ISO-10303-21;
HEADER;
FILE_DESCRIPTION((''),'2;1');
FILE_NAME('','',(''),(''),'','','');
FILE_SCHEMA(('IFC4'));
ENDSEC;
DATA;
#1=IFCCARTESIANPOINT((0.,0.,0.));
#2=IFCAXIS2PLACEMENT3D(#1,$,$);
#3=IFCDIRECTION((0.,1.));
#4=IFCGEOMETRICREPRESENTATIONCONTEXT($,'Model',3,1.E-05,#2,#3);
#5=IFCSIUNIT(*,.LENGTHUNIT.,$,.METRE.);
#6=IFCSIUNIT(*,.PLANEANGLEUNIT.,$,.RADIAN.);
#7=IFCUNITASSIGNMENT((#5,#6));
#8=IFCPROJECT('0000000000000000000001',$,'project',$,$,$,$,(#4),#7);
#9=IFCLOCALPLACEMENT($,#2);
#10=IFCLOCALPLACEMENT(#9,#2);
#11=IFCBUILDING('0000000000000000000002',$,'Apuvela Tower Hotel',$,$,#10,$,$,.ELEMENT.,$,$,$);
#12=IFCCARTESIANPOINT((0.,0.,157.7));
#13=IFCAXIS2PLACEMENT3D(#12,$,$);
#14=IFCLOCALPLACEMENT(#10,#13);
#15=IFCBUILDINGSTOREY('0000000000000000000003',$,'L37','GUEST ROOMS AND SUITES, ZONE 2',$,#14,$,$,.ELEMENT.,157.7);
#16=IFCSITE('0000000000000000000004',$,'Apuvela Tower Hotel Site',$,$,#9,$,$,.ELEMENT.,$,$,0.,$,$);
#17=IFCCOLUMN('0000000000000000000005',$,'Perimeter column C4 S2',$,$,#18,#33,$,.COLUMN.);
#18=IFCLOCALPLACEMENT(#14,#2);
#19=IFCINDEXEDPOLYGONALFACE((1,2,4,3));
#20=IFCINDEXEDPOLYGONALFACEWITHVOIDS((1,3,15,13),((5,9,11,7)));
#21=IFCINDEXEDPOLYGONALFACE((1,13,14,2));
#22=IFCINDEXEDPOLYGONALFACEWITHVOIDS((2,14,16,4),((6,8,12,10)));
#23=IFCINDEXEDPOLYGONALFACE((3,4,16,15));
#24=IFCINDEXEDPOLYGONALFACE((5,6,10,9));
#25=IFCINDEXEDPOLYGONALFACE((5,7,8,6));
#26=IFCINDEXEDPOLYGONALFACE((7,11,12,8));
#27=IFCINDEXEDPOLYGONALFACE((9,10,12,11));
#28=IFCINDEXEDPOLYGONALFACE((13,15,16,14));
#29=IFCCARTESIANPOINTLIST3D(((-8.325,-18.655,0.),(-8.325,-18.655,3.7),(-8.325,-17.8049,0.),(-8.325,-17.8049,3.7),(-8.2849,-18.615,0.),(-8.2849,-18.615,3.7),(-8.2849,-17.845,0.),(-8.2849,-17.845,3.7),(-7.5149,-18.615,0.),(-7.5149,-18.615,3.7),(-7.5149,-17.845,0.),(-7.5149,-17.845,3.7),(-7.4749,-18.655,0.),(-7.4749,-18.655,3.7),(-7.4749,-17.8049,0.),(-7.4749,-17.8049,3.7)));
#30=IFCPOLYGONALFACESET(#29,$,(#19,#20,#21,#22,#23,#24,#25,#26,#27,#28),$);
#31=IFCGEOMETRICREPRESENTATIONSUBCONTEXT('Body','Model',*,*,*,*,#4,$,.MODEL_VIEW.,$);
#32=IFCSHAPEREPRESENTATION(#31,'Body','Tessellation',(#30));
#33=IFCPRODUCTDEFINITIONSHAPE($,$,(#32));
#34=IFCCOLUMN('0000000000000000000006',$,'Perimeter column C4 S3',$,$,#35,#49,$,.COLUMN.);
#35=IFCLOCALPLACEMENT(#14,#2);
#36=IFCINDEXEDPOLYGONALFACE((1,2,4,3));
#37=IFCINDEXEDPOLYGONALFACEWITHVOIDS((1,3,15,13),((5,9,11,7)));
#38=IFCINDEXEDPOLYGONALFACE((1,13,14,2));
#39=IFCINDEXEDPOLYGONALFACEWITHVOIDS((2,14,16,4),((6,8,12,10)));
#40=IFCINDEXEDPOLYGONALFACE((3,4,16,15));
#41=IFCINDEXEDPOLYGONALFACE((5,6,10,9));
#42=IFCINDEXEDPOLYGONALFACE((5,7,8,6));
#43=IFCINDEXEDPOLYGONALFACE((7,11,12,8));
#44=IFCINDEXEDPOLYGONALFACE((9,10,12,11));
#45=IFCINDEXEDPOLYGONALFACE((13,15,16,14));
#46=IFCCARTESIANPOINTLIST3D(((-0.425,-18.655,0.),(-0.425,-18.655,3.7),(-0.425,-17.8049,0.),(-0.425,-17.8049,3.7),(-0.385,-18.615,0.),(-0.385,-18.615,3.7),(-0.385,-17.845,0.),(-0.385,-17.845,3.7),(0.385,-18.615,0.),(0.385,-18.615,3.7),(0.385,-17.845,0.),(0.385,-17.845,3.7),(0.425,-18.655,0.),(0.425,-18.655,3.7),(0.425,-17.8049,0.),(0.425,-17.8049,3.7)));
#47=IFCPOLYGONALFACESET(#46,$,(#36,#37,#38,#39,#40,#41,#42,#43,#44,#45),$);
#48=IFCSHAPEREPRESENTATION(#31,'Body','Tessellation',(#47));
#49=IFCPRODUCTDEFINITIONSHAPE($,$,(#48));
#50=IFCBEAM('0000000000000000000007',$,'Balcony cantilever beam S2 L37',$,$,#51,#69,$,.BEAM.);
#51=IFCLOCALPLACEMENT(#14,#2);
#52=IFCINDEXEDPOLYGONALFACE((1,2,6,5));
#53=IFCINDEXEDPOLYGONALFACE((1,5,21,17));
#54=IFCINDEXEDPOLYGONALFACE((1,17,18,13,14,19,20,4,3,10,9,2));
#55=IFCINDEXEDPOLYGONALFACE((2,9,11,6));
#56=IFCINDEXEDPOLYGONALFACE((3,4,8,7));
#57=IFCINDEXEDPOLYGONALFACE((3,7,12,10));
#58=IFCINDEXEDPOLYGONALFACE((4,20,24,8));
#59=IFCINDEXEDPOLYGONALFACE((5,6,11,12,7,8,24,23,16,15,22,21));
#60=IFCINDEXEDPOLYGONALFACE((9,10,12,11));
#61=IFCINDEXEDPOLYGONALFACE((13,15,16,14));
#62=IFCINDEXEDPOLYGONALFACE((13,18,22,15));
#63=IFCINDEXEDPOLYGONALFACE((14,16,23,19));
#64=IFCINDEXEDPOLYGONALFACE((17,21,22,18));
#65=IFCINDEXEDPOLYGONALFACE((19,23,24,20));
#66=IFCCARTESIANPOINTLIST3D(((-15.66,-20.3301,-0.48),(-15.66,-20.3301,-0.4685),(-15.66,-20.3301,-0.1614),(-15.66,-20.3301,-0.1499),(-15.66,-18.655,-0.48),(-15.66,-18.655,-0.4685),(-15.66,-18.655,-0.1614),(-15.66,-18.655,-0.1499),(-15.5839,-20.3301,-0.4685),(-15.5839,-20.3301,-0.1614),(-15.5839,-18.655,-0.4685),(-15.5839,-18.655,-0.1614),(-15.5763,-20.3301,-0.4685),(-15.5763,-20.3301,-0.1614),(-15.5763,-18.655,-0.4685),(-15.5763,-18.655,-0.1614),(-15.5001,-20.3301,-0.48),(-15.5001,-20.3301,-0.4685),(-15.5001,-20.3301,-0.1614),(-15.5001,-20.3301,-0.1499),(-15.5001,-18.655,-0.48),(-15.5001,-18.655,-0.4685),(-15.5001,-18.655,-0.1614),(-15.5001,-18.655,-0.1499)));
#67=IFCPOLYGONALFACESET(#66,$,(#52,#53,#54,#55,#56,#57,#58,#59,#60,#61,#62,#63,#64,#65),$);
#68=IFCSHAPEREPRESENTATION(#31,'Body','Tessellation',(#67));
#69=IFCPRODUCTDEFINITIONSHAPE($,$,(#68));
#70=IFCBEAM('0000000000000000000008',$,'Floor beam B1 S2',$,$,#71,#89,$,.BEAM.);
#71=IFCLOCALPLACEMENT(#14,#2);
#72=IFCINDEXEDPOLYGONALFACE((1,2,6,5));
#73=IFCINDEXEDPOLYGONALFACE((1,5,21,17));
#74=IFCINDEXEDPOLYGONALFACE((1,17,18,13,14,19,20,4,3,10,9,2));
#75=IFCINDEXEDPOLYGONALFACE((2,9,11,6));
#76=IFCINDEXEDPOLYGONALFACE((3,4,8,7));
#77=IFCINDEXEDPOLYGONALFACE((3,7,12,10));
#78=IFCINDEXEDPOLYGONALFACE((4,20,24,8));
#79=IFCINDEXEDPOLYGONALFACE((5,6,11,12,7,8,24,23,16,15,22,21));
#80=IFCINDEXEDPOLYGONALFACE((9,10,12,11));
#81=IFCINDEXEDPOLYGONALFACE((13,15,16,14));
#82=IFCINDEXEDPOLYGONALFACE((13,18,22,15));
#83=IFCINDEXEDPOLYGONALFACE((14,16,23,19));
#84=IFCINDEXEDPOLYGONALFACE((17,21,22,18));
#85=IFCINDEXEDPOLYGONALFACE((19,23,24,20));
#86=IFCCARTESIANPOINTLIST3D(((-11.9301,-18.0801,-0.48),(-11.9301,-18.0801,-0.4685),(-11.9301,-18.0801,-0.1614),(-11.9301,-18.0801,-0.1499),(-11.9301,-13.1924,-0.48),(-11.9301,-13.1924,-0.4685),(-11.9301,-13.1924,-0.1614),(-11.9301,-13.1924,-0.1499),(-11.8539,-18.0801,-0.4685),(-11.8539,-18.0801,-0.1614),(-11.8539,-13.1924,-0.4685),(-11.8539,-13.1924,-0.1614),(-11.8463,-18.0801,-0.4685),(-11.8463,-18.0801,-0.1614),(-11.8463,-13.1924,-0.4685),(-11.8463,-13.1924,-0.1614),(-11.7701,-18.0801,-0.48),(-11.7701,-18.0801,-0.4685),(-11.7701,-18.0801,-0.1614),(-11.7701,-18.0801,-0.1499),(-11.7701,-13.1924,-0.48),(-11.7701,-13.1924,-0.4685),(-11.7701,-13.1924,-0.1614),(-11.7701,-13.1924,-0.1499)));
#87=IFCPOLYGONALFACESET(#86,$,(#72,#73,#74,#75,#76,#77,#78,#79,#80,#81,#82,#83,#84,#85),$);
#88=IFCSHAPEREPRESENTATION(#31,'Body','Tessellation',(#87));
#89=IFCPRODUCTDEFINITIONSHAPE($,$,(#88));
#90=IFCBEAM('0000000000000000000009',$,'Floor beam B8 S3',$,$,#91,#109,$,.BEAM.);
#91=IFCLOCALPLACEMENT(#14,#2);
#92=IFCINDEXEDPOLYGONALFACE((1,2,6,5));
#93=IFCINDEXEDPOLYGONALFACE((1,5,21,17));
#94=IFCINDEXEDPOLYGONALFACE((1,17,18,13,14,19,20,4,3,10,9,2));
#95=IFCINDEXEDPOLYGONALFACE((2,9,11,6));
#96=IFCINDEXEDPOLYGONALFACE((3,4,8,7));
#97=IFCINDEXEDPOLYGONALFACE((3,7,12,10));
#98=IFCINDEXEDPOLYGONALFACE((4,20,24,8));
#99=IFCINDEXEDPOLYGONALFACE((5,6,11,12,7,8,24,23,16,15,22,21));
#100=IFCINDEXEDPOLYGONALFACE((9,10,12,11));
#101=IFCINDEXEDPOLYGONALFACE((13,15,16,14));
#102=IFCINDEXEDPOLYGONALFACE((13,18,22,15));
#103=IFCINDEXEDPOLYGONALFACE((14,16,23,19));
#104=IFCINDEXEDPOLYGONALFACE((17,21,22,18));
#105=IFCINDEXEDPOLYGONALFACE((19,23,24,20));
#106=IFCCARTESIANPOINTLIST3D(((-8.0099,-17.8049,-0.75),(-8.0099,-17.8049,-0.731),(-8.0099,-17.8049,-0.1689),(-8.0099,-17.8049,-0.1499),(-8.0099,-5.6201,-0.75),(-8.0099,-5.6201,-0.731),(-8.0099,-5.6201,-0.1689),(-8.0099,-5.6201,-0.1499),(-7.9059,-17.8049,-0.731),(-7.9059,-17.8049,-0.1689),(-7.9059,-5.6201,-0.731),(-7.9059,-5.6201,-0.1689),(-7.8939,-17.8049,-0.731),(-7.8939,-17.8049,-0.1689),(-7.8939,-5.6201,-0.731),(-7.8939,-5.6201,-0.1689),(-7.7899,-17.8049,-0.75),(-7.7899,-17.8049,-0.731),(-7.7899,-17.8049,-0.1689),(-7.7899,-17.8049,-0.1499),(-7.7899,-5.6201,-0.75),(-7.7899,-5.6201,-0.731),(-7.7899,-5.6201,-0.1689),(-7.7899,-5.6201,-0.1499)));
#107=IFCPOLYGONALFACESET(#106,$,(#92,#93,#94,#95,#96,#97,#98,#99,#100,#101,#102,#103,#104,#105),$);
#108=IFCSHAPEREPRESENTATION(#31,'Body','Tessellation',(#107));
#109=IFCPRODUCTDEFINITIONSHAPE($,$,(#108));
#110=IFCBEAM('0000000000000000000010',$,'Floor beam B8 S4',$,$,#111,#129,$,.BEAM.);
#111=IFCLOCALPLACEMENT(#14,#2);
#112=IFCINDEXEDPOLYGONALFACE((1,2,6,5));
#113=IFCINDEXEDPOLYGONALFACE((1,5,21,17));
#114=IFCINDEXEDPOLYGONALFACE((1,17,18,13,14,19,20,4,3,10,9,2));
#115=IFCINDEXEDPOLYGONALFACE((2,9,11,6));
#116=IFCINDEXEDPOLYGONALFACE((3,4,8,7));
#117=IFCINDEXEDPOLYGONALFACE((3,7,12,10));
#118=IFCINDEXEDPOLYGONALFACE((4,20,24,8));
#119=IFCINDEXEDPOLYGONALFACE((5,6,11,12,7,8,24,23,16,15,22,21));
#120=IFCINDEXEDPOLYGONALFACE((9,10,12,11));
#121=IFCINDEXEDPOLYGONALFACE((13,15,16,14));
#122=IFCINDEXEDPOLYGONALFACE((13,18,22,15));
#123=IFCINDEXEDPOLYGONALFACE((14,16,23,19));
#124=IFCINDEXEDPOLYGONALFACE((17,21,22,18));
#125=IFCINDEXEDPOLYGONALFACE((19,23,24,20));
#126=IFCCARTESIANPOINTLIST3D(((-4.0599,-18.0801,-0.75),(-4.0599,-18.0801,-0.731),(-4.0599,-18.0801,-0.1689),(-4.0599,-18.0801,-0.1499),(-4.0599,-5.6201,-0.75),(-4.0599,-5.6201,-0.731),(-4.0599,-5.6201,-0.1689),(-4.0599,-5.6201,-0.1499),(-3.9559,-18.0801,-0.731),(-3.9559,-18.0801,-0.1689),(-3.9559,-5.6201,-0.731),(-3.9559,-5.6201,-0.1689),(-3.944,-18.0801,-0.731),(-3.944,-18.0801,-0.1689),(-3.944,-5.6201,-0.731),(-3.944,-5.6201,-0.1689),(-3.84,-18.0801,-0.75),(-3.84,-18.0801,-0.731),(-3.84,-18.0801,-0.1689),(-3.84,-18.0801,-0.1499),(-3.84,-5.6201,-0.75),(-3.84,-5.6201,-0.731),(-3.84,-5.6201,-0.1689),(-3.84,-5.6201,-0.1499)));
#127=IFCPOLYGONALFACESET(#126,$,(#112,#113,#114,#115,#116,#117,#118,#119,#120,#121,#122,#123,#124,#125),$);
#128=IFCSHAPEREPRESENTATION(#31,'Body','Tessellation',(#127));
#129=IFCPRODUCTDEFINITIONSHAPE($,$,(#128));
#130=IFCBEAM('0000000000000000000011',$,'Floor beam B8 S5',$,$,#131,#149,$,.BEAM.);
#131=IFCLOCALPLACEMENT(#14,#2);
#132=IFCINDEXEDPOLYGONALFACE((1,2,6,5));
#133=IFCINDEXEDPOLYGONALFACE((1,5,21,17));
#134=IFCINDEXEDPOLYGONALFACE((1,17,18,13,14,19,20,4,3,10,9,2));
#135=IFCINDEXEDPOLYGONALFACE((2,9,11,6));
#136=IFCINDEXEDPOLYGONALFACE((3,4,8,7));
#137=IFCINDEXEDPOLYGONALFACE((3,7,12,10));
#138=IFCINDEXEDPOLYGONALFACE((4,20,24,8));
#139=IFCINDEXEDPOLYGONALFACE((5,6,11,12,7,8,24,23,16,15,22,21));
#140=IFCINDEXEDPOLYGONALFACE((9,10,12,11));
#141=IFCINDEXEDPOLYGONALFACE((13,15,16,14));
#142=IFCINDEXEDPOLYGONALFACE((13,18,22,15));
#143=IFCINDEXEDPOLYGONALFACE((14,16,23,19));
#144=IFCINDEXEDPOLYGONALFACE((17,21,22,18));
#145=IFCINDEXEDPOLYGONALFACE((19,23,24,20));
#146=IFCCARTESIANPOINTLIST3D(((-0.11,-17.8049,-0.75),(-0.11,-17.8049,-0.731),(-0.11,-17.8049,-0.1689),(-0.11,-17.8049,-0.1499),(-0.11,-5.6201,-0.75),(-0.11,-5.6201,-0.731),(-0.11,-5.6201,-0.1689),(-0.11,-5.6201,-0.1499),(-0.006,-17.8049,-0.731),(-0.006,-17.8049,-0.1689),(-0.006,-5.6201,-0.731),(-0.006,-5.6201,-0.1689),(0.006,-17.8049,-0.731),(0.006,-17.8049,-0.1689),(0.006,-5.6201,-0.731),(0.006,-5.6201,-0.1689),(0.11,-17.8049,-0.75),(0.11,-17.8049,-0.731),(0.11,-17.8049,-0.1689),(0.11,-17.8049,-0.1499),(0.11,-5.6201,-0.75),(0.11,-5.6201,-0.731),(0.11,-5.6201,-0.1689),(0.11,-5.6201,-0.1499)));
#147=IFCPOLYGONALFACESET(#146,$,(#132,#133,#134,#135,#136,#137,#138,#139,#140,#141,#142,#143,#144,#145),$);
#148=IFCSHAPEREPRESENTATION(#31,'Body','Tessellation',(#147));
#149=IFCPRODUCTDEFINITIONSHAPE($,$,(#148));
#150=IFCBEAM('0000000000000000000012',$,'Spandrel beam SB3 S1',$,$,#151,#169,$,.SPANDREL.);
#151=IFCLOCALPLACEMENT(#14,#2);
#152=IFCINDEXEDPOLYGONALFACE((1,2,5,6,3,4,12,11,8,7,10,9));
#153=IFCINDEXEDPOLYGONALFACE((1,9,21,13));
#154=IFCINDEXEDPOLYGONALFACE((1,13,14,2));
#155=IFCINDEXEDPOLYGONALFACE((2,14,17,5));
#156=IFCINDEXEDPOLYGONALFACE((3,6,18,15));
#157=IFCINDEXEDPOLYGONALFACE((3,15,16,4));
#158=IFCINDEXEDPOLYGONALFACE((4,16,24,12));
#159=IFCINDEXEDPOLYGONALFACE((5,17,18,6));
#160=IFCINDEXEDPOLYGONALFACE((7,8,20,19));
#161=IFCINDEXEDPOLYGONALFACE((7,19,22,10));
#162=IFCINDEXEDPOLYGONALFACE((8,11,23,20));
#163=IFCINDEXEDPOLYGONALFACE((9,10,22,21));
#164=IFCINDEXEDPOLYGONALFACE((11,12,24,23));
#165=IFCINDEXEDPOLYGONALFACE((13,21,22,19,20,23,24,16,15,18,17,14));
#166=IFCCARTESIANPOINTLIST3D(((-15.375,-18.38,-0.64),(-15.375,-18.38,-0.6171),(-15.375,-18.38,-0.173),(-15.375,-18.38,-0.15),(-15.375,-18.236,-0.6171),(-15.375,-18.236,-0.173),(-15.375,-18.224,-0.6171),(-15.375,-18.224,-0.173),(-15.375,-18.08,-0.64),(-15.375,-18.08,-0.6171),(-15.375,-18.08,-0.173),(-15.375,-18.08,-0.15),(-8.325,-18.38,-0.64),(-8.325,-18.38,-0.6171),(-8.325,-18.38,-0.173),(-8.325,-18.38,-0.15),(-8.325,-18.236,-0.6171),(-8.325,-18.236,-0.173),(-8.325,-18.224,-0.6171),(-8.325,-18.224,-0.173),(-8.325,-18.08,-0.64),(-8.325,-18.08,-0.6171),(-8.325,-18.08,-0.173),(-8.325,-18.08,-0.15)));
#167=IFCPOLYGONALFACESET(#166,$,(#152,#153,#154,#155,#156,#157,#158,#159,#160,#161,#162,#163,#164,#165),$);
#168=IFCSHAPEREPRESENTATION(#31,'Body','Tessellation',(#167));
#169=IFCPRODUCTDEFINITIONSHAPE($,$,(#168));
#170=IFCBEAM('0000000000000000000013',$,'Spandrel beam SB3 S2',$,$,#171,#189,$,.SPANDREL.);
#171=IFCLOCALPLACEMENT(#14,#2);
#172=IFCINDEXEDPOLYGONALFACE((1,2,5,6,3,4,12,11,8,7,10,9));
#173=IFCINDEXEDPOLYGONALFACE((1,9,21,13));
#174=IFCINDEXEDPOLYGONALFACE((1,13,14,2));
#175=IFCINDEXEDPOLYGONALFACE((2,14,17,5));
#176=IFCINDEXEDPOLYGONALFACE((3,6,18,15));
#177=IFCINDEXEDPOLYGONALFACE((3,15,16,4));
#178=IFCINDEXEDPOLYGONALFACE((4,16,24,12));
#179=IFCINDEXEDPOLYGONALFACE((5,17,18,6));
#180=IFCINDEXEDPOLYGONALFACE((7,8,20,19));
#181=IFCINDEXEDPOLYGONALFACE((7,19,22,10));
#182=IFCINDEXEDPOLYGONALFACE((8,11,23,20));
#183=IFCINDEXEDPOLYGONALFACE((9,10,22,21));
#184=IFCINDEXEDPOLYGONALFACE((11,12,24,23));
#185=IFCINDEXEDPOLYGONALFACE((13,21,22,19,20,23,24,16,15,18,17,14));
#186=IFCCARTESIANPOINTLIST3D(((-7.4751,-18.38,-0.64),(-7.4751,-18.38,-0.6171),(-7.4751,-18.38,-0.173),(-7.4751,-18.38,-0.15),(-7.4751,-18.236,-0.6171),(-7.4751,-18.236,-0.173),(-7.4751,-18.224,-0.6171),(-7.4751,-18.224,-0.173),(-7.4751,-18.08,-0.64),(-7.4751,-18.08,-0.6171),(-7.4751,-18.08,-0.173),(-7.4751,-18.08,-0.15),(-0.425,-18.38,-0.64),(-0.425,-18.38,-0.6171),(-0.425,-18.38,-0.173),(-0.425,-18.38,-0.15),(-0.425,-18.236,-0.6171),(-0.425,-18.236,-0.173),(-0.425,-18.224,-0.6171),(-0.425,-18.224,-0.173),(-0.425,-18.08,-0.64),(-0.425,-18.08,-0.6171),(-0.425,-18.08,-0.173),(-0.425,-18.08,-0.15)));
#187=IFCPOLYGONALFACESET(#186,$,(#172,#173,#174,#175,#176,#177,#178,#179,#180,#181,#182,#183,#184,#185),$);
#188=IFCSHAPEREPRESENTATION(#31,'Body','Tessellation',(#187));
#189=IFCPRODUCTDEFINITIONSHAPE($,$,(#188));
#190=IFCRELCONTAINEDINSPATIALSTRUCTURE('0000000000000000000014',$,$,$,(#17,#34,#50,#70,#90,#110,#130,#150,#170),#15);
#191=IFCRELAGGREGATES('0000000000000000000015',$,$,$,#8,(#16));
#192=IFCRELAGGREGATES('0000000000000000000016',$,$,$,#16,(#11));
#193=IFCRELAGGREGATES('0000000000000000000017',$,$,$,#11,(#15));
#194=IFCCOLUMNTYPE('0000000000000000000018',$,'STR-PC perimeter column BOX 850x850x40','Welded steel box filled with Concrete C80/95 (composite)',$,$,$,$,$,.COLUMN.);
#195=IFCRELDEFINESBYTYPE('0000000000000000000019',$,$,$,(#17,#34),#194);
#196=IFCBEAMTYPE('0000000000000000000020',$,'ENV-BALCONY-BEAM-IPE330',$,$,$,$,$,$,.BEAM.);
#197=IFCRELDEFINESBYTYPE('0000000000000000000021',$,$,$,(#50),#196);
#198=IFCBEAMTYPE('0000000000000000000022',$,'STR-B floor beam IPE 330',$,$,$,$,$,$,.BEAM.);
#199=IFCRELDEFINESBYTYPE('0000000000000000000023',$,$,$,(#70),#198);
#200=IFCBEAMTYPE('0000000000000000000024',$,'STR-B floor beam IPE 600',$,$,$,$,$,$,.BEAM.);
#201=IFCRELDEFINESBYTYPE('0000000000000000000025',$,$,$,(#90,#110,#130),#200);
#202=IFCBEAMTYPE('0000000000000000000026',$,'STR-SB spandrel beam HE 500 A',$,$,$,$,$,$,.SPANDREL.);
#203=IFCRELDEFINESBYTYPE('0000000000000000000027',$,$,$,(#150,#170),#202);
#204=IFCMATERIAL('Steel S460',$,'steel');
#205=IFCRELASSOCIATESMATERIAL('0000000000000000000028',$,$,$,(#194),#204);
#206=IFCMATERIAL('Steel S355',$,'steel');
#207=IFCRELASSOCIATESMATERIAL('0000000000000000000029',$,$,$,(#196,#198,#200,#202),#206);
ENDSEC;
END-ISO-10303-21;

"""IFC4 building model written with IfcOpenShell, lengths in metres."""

from ifc_helpers import new_model, si_unit, direction, frame, origin, origin_2d, place, context, subcontext, project, spatial, rectangle, hollow_rectangle, i_section, extrude, material, material_profile, profile_set, type_object, element, save


model = new_model("IFC4")

# Units and contexts
model_context = context("Model", 3, precision=1e-05, world=origin(), true_north=direction((0.0, 1.0)))
body_context = subcontext(model_context, "Body", "Model", "MODEL_VIEW")
ifc_project = project(units=[si_unit("LENGTHUNIT", "METRE"), si_unit("PLANEANGLEUNIT", "RADIAN")], contexts=[model_context])

# Site, building, storey
site_placement = place(None, origin())
site = spatial("IfcSite", under=ifc_project, at=site_placement, Name="Apuvela Tower Hotel Site", CompositionType="ELEMENT", RefElevation=0.0)
building_placement = place(site_placement, origin())
building = spatial("IfcBuilding", under=site, at=building_placement, Name="Apuvela Tower Hotel", CompositionType="ELEMENT")
storey_placement = place(building_placement, frame((0.0, 0.0, 157.7)))
storey = spatial("IfcBuildingStorey", under=building, at=storey_placement, Name="L37", Description="GUEST ROOMS AND SUITES, ZONE 2", CompositionType="ELEMENT", Elevation=157.7)

# Columns
ifc_material_1 = material(Name="Steel S460", Category="steel")
ifc_material_profile_1 = material_profile(ifc_material_1, hollow_rectangle(XDim=0.8501, YDim=0.8501, WallThickness=0.04, at=origin_2d()), Name="BOX 850x850x40")
ifc_material_2 = material(Name="Concrete C80/95", Category="concrete")
ifc_material_profile_2 = material_profile(ifc_material_2, rectangle(XDim=0.77, YDim=0.77, at=origin_2d()), Name="Concrete C80/95 infill")
ifc_profile_set_1 = profile_set([ifc_material_profile_1, ifc_material_profile_2], Name="Steel S460")
column_type = type_object("IfcColumnType", Name="STR-PC perimeter column BOX 850x850x40", Description="Welded steel box filled with Concrete C80/95 (composite)", PredefinedType="COLUMN", material=ifc_profile_set_1)
for number, where, z_axis, x_axis, name in (
    (1, (-7.8999, -18.23, 0.0), (0.0, 0.0, 1.0), (-1.0, 0.0, 0.0), "Perimeter column C4 S2"),
    (2, (0.0, -18.23, 0.0), (0.0, 0.0, 1.0), (-1.0, 0.0, 0.0), "Perimeter column C4 S3"),
):
    element("IfcColumn", number, at=place(storey_placement, frame(where, z_axis=z_axis, x_axis=x_axis)), inside=storey, type_object=column_type, Name=name, PredefinedType="COLUMN", context=body_context, shape_type="SweptSolid", body=[
        extrude(hollow_rectangle(XDim=0.8501, YDim=0.8501, WallThickness=0.04, at=origin_2d()), origin(), (0.0, 0.0, 1.0), 3.7),
    ])

# Beams
ifc_material_3 = material(Name="Steel S355", Category="steel")
ifc_material_profile_3 = material_profile(ifc_material_3, i_section(OverallWidth=0.1599, OverallDepth=0.3301, WebThickness=0.0076, FlangeThickness=0.0115, at=origin_2d()), Name="IPE 330")
ifc_profile_set_2 = profile_set([ifc_material_profile_3], Name="Steel S355")
beam_type_1 = type_object("IfcBeamType", Name="ENV-BALCONY-BEAM-IPE330", PredefinedType="BEAM", material=ifc_profile_set_2)
beam_1_placement = place(storey_placement, frame((-15.5801, -18.655, -0.3149), z_axis=(0.0, -1.0, 0.0), x_axis=(1.0, 0.0, 0.0)))
element("IfcBeam", 3, at=beam_1_placement, inside=storey, type_object=beam_type_1, Name="Balcony cantilever beam S2 L37", PredefinedType="BEAM", context=body_context, shape_type="SweptSolid", body=[
    extrude(i_section(OverallWidth=0.1599, OverallDepth=0.3301, WebThickness=0.0076, FlangeThickness=0.0115, at=origin_2d()), origin(), (0.0, 0.0, 1.0), 1.675),
])
ifc_material_profile_4 = material_profile(ifc_material_3, i_section(OverallWidth=0.1599, OverallDepth=0.3301, WebThickness=0.0076, FlangeThickness=0.0115, at=origin_2d()), Name="IPE 330")
ifc_profile_set_3 = profile_set([ifc_material_profile_4], Name="Steel S355")
beam_type_2 = type_object("IfcBeamType", Name="STR-B floor beam IPE 330", PredefinedType="BEAM", material=ifc_profile_set_3)
beam_2_placement = place(storey_placement, frame((-11.8501, -18.0801, -0.3149), z_axis=(0.0, 1.0, 0.0), x_axis=(-1.0, 0.0, 0.0)))
element("IfcBeam", 4, at=beam_2_placement, inside=storey, type_object=beam_type_2, Name="Floor beam B1 S2", PredefinedType="BEAM", context=body_context, shape_type="SweptSolid", body=[
    extrude(i_section(OverallWidth=0.1599, OverallDepth=0.3301, WebThickness=0.0076, FlangeThickness=0.0115, at=origin_2d()), origin(), (0.0, 0.0, 1.0), 4.8877),
])
ifc_material_profile_5 = material_profile(ifc_material_3, i_section(OverallWidth=0.22, OverallDepth=0.6001, WebThickness=0.012, FlangeThickness=0.019, at=origin_2d()), Name="IPE 600")
ifc_profile_set_4 = profile_set([ifc_material_profile_5], Name="Steel S355")
beam_type_3 = type_object("IfcBeamType", Name="STR-B floor beam IPE 600", PredefinedType="BEAM", material=ifc_profile_set_4)
beam_3_placement = place(storey_placement, frame((-7.8999, -17.8049, -0.45), z_axis=(0.0, 1.0, 0.0), x_axis=(-1.0, 0.0, 0.0)))
element("IfcBeam", 5, at=beam_3_placement, inside=storey, type_object=beam_type_3, Name="Floor beam B8 S3", PredefinedType="BEAM", context=body_context, shape_type="SweptSolid", body=[
    extrude(i_section(OverallWidth=0.22, OverallDepth=0.6001, WebThickness=0.012, FlangeThickness=0.019, at=origin_2d()), origin(), (0.0, 0.0, 1.0), 12.1848),
])
beam_4_placement = place(storey_placement, frame((-3.95, -18.0801, -0.45), z_axis=(0.0, 1.0, 0.0), x_axis=(-1.0, 0.0, 0.0)))
element("IfcBeam", 6, at=beam_4_placement, inside=storey, type_object=beam_type_3, Name="Floor beam B8 S4", PredefinedType="BEAM", context=body_context, shape_type="SweptSolid", body=[
    extrude(i_section(OverallWidth=0.22, OverallDepth=0.6001, WebThickness=0.012, FlangeThickness=0.019, at=origin_2d()), origin(), (0.0, 0.0, 1.0), 12.46),
])
beam_5_placement = place(storey_placement, frame((0.0, -17.8049, -0.45), z_axis=(0.0, 1.0, 0.0), x_axis=(-1.0, 0.0, 0.0)))
element("IfcBeam", 7, at=beam_5_placement, inside=storey, type_object=beam_type_3, Name="Floor beam B8 S5", PredefinedType="BEAM", context=body_context, shape_type="SweptSolid", body=[
    extrude(i_section(OverallWidth=0.22, OverallDepth=0.6001, WebThickness=0.012, FlangeThickness=0.019, at=origin_2d()), origin(), (0.0, 0.0, 1.0), 12.1848),
])
ifc_material_profile_6 = material_profile(ifc_material_3, i_section(OverallWidth=0.3, OverallDepth=0.49, WebThickness=0.012, FlangeThickness=0.0229, at=origin_2d()), Name="HE 500 A")
ifc_profile_set_5 = profile_set([ifc_material_profile_6], Name="Steel S355")
beam_type_4 = type_object("IfcBeamType", Name="STR-SB spandrel beam HE 500 A", PredefinedType="SPANDREL", material=ifc_profile_set_5)
for number, where, z_axis, x_axis, name in (
    (8, (-15.375, -18.23, -0.395), (1.0, 0.0, 0.0), (0.0, 1.0, 0.0), "Spandrel beam SB3 S1"),
    (9, (-7.4751, -18.23, -0.395), (1.0, 0.0, 0.0), (0.0, 1.0, 0.0), "Spandrel beam SB3 S2"),
):
    element("IfcBeam", number, at=place(storey_placement, frame(where, z_axis=z_axis, x_axis=x_axis)), inside=storey, type_object=beam_type_4, Name=name, PredefinedType="SPANDREL", context=body_context, shape_type="SweptSolid", body=[
        extrude(i_section(OverallWidth=0.3, OverallDepth=0.49, WebThickness=0.012, FlangeThickness=0.0229, at=origin_2d()), origin(), (0.0, 0.0, 1.0), 7.05),
    ])

save(model, "model.ifc")
